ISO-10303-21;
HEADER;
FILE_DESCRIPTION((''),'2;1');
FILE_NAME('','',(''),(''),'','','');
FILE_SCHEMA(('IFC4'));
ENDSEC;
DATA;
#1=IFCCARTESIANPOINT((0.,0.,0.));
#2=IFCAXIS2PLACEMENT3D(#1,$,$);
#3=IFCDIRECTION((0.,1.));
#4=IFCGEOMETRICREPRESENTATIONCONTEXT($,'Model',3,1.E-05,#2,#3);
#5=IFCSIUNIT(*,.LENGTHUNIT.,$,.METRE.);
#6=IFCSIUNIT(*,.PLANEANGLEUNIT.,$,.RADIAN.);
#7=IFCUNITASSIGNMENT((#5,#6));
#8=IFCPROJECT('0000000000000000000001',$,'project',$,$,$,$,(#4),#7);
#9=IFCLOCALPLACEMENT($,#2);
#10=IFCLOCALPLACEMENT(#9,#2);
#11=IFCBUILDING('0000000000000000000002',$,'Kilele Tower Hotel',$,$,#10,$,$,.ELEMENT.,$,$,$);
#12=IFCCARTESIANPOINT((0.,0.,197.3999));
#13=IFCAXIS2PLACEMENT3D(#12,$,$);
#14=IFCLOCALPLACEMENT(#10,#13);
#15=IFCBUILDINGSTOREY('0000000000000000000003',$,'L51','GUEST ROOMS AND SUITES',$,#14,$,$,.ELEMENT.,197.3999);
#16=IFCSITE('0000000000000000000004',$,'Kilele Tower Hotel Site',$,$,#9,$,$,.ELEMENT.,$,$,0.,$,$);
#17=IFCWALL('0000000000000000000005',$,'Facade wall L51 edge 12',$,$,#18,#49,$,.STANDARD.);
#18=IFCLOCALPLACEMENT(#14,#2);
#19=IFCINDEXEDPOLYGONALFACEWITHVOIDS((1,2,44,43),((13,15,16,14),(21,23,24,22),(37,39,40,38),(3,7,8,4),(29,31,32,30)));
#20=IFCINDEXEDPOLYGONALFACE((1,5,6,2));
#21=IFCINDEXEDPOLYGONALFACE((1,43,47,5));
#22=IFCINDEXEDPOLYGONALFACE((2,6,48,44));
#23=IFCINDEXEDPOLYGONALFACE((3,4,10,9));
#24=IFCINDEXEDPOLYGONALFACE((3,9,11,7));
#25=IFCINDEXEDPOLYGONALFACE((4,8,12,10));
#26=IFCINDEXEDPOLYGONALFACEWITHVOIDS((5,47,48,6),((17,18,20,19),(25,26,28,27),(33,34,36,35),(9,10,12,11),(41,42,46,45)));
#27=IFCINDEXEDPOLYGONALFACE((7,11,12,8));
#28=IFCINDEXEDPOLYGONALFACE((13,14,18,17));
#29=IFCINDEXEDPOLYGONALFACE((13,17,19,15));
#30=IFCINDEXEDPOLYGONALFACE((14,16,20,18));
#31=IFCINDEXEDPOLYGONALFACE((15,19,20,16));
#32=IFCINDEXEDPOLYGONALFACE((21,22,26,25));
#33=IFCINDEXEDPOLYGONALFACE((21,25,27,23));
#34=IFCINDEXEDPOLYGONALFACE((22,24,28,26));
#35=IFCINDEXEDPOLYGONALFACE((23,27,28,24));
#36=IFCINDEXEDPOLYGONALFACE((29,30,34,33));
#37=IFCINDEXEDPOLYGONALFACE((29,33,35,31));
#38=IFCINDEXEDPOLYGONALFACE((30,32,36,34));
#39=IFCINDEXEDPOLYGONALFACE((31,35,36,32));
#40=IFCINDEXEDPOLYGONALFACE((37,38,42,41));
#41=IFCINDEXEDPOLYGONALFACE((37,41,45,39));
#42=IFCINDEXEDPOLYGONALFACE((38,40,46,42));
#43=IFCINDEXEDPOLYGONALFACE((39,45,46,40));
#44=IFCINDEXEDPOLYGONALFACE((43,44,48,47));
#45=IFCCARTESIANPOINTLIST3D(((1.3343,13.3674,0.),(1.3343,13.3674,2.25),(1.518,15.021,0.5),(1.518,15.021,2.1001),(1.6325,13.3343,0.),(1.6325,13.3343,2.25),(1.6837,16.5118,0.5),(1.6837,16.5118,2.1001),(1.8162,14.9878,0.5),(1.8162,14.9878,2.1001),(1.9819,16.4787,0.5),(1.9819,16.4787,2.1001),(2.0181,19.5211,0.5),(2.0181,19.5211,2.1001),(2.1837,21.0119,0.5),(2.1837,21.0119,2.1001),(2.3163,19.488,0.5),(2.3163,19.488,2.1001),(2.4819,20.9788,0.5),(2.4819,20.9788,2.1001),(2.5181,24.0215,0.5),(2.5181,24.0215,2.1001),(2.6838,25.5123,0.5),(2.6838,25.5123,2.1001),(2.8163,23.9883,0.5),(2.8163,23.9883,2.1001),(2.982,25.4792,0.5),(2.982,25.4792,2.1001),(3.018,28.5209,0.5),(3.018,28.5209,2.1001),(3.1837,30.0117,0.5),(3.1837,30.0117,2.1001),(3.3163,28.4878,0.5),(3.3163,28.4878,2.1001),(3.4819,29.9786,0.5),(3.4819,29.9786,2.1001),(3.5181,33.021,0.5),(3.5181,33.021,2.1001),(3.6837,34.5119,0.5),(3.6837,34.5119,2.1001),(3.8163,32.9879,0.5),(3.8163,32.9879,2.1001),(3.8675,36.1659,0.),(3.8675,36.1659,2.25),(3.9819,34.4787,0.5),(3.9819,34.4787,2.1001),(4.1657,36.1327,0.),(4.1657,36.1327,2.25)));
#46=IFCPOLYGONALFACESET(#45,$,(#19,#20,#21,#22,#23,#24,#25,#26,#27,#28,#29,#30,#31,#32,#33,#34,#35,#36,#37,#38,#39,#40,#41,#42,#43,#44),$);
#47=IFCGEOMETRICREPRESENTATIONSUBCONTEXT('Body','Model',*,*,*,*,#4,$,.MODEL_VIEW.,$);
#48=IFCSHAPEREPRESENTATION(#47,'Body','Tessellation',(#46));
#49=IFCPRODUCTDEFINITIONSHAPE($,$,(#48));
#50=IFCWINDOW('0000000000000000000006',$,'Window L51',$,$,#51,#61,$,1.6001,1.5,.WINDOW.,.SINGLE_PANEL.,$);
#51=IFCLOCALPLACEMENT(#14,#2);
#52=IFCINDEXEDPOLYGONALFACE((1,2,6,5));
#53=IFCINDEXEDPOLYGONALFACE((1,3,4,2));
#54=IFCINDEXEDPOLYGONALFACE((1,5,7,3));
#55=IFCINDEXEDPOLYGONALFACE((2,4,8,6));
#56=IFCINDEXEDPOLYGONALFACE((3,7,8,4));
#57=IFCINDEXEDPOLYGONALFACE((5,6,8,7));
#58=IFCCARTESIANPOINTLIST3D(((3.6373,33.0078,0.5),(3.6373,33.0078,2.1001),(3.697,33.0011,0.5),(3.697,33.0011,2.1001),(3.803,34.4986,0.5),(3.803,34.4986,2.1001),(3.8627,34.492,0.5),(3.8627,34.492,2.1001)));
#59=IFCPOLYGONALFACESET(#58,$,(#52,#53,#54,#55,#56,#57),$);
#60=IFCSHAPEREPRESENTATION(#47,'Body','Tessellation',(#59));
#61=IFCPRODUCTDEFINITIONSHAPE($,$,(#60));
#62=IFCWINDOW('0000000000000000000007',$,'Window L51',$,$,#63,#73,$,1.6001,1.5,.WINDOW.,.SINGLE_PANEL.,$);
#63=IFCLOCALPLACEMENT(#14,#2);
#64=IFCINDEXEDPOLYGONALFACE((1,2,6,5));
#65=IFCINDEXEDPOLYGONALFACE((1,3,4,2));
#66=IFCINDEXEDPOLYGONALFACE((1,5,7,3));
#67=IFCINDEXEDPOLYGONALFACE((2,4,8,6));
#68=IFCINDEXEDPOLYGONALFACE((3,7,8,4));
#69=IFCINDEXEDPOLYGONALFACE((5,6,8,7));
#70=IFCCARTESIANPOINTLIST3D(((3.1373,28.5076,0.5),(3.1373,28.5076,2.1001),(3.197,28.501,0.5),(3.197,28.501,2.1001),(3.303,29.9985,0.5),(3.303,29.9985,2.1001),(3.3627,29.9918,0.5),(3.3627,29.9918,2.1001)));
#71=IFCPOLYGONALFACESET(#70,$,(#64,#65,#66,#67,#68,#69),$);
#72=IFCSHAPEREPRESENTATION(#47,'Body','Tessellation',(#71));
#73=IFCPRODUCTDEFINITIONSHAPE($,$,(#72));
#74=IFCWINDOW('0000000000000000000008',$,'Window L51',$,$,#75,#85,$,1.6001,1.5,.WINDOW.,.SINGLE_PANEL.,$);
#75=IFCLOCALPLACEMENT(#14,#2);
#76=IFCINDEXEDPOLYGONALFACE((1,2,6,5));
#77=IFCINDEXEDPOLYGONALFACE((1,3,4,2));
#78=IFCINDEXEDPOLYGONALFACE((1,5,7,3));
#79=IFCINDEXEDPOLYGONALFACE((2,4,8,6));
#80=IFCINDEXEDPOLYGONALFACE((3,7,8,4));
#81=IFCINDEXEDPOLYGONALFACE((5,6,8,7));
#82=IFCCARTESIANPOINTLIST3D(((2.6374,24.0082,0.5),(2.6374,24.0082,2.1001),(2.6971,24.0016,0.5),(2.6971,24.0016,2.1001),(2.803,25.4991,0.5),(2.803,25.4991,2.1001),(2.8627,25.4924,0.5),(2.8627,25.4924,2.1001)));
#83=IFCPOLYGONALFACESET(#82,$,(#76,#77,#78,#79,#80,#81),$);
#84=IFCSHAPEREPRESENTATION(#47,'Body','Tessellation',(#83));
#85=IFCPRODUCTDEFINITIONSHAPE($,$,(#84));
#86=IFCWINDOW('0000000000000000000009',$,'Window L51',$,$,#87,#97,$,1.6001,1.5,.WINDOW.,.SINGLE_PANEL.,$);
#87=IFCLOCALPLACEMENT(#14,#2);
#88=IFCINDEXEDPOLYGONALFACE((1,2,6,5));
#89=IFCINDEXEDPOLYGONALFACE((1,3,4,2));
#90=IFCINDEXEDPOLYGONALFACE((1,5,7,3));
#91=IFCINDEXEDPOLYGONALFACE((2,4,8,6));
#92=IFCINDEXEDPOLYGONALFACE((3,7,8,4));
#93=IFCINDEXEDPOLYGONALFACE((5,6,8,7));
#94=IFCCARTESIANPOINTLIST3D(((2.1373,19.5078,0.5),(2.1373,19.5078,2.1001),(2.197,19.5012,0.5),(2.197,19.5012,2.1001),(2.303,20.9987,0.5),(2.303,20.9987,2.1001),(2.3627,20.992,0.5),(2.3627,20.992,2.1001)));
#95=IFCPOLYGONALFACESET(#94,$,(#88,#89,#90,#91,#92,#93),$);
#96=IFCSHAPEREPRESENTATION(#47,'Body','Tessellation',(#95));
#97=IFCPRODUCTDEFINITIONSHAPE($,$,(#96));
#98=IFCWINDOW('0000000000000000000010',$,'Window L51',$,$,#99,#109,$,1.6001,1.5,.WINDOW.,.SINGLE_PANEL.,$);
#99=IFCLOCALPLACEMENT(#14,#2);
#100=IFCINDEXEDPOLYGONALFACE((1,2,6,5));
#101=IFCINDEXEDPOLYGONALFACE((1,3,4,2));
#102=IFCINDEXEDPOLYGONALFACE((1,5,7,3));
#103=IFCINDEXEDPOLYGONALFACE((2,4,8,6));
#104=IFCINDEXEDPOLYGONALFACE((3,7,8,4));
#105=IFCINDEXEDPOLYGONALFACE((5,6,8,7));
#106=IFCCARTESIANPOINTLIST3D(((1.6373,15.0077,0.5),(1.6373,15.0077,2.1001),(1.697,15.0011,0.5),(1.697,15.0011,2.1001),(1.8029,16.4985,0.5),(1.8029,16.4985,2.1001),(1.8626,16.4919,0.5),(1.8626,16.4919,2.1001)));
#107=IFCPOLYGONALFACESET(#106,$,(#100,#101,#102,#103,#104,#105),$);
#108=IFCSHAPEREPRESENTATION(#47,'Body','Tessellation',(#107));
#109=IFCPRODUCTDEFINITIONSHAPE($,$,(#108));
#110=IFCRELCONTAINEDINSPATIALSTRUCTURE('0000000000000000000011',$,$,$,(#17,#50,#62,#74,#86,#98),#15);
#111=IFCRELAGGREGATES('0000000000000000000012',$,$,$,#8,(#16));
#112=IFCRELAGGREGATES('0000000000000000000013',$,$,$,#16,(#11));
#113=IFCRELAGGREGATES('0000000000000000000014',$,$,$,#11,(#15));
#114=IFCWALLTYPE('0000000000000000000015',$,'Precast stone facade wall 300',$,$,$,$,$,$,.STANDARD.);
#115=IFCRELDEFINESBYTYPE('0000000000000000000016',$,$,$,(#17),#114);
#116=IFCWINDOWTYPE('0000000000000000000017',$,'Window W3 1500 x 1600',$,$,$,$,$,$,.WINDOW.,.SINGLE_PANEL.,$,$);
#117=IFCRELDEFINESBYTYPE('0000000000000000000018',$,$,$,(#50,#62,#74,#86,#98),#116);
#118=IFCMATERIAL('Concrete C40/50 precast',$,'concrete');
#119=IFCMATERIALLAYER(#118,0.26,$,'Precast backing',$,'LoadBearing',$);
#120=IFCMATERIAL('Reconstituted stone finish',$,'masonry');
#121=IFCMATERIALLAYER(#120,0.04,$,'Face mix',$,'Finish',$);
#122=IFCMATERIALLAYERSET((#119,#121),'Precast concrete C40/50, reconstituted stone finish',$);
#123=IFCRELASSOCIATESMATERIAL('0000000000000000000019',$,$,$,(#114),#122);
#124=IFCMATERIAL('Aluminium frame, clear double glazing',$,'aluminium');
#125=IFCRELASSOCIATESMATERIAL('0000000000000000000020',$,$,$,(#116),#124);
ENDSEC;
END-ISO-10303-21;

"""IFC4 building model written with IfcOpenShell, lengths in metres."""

from ifc_helpers import new_model, si_unit, direction, frame, frame_2d, origin, place, context, subcontext, project, spatial, rectangle, extrude, material, layer, layer_set, type_object, element, fill, save


model = new_model("IFC4")

# Units and contexts
model_context = context("Model", 3, precision=1e-05, world=origin(), true_north=direction((0.0, 1.0)))
body_context = subcontext(model_context, "Body", "Model", "MODEL_VIEW")
ifc_project = project(units=[si_unit("LENGTHUNIT", "METRE"), si_unit("PLANEANGLEUNIT", "RADIAN")], contexts=[model_context])

# Site, building, storey
site_placement = place(None, origin())
site = spatial("IfcSite", under=ifc_project, at=site_placement, Name="Kilele Tower Hotel Site", CompositionType="ELEMENT", RefElevation=0.0)
building_placement = place(site_placement, origin())
building = spatial("IfcBuilding", under=site, at=building_placement, Name="Kilele Tower Hotel", CompositionType="ELEMENT")
storey_placement = place(building_placement, frame((0.0, 0.0, 197.3999)))
storey = spatial("IfcBuildingStorey", under=building, at=storey_placement, Name="L51", Description="GUEST ROOMS AND SUITES", CompositionType="ELEMENT", Elevation=197.3999)

# Shared definitions
ifc_material_1 = material(Name="Concrete C40/50 precast", Category="concrete")
ifc_layer_1 = layer(ifc_material_1, 0.26, Name="Precast backing", Category="LoadBearing")
ifc_material_2 = material(Name="Reconstituted stone finish", Category="masonry")
ifc_layer_2 = layer(ifc_material_2, 0.04, Name="Face mix", Category="Finish")
ifc_layer_set_1 = layer_set([ifc_layer_1, ifc_layer_2], Name="Precast concrete C40/50, reconstituted stone finish")
wall_type_1 = type_object("IfcWallType", Name="Precast stone facade wall 300", PredefinedType="STANDARD", material=ifc_layer_set_1)

# Wall, openings, windows
wall_1_placement = place(storey_placement, frame((4.0166, 36.1492, 0.0), z_axis=(0.0, 0.0, 1.0), x_axis=(-0.110434, -0.993883, 0.0)))
wall_1 = element("IfcWall", 1, at=wall_1_placement, inside=storey, type_object=wall_type_1, Name="Facade wall L51 edge 12", PredefinedType="STANDARD", context=body_context, shape_type="SweptSolid", body=[
    extrude(rectangle(XDim=22.9387, YDim=0.3, at=frame_2d((11.4692, 0.0))), origin(), (0.0, 0.0, 1.0), 2.25),
])
opening_1_placement = place(wall_1_placement, frame((1.6641, 0.0, 0.5)))
opening_1 = element("IfcOpeningElement", 2, at=opening_1_placement, cuts=wall_1, PredefinedType="OPENING", context=body_context, shape_type="SweptSolid", body=[
    extrude(rectangle(XDim=1.5, YDim=1.6001, at=frame_2d((0.75, 0.8))), frame((0.0, 0.1599, 0.0), z_axis=(0.0, -1.0, 0.0), x_axis=(1.0, 0.0, 0.0)), (0.0, 0.0, 1.0), 0.3201),
])
opening_2_placement = place(wall_1_placement, frame((6.1919, 0.0, 0.5)))
opening_2 = element("IfcOpeningElement", 3, at=opening_2_placement, cuts=wall_1, PredefinedType="OPENING", context=body_context, shape_type="SweptSolid", body=[
    extrude(rectangle(XDim=1.5, YDim=1.6001, at=frame_2d((0.75, 0.8))), frame((0.0, 0.1599, 0.0), z_axis=(0.0, -1.0, 0.0), x_axis=(1.0, 0.0, 0.0)), (0.0, 0.0, 1.0), 0.3201),
])
opening_3_placement = place(wall_1_placement, frame((10.719, 0.0, 0.5)))
opening_3 = element("IfcOpeningElement", 4, at=opening_3_placement, cuts=wall_1, PredefinedType="OPENING", context=body_context, shape_type="SweptSolid", body=[
    extrude(rectangle(XDim=1.5, YDim=1.6001, at=frame_2d((0.75, 0.8))), frame((0.0, 0.1599, 0.0), z_axis=(0.0, -1.0, 0.0), x_axis=(1.0, 0.0, 0.0)), (0.0, 0.0, 1.0), 0.3201),
])
opening_4_placement = place(wall_1_placement, frame((15.2471, 0.0, 0.5)))
opening_4 = element("IfcOpeningElement", 5, at=opening_4_placement, cuts=wall_1, PredefinedType="OPENING", context=body_context, shape_type="SweptSolid", body=[
    extrude(rectangle(XDim=1.5, YDim=1.6001, at=frame_2d((0.75, 0.8))), frame((0.0, 0.1599, 0.0), z_axis=(0.0, -1.0, 0.0), x_axis=(1.0, 0.0, 0.0)), (0.0, 0.0, 1.0), 0.3201),
])
opening_5_placement = place(wall_1_placement, frame((19.7749, 0.0, 0.5)))
opening_5 = element("IfcOpeningElement", 6, at=opening_5_placement, cuts=wall_1, PredefinedType="OPENING", context=body_context, shape_type="SweptSolid", body=[
    extrude(rectangle(XDim=1.5, YDim=1.6001, at=frame_2d((0.75, 0.8))), frame((0.0, 0.1599, 0.0), z_axis=(0.0, -1.0, 0.0), x_axis=(1.0, 0.0, 0.0)), (0.0, 0.0, 1.0), 0.3201),
])
ifc_material_3 = material(Name="Aluminium frame, clear double glazing", Category="aluminium")
window_type_1 = type_object("IfcWindowType", Name="Window W3 1500 x 1600", PartitioningType="SINGLE_PANEL", PredefinedType="WINDOW", material=ifc_material_3)
window_1_placement = place(opening_1_placement, origin())
window_1 = element("IfcWindow", 7, at=window_1_placement, inside=storey, type_object=window_type_1, Name="Window L51", OverallHeight=1.6001, OverallWidth=1.5, PartitioningType="SINGLE_PANEL", PredefinedType="WINDOW", context=body_context, shape_type="SweptSolid", body=[
    extrude(rectangle(XDim=1.5, YDim=1.6001, at=frame_2d((0.75, 0.8))), frame((0.0, 0.03, 0.0), z_axis=(0.0, -1.0, 0.0), x_axis=(1.0, 0.0, 0.0)), (0.0, 0.0, 1.0), 0.0601),
])
fill(opening_1, window_1)
window_2_placement = place(opening_2_placement, origin())
window_2 = element("IfcWindow", 8, at=window_2_placement, inside=storey, type_object=window_type_1, Name="Window L51", OverallHeight=1.6001, OverallWidth=1.5, PartitioningType="SINGLE_PANEL", PredefinedType="WINDOW", context=body_context, shape_type="SweptSolid", body=[
    extrude(rectangle(XDim=1.5, YDim=1.6001, at=frame_2d((0.75, 0.8))), frame((0.0, 0.03, 0.0), z_axis=(0.0, -1.0, 0.0), x_axis=(1.0, 0.0, 0.0)), (0.0, 0.0, 1.0), 0.0601),
])
fill(opening_2, window_2)
window_3_placement = place(opening_3_placement, origin())
window_3 = element("IfcWindow", 9, at=window_3_placement, inside=storey, type_object=window_type_1, Name="Window L51", OverallHeight=1.6001, OverallWidth=1.5, PartitioningType="SINGLE_PANEL", PredefinedType="WINDOW", context=body_context, shape_type="SweptSolid", body=[
    extrude(rectangle(XDim=1.5, YDim=1.6001, at=frame_2d((0.75, 0.8))), frame((0.0, 0.03, 0.0), z_axis=(0.0, -1.0, 0.0), x_axis=(1.0, 0.0, 0.0)), (0.0, 0.0, 1.0), 0.0601),
])
fill(opening_3, window_3)
window_4_placement = place(opening_4_placement, origin())
window_4 = element("IfcWindow", 10, at=window_4_placement, inside=storey, type_object=window_type_1, Name="Window L51", OverallHeight=1.6001, OverallWidth=1.5, PartitioningType="SINGLE_PANEL", PredefinedType="WINDOW", context=body_context, shape_type="SweptSolid", body=[
    extrude(rectangle(XDim=1.5, YDim=1.6001, at=frame_2d((0.75, 0.8))), frame((0.0, 0.03, 0.0), z_axis=(0.0, -1.0, 0.0), x_axis=(1.0, 0.0, 0.0)), (0.0, 0.0, 1.0), 0.0601),
])
fill(opening_4, window_4)
window_5_placement = place(opening_5_placement, origin())
window_5 = element("IfcWindow", 11, at=window_5_placement, inside=storey, type_object=window_type_1, Name="Window L51", OverallHeight=1.6001, OverallWidth=1.5, PartitioningType="SINGLE_PANEL", PredefinedType="WINDOW", context=body_context, shape_type="SweptSolid", body=[
    extrude(rectangle(XDim=1.5, YDim=1.6001, at=frame_2d((0.75, 0.8))), frame((0.0, 0.03, 0.0), z_axis=(0.0, -1.0, 0.0), x_axis=(1.0, 0.0, 0.0)), (0.0, 0.0, 1.0), 0.0601),
])
fill(opening_5, window_5)

save(model, "model.ifc")
